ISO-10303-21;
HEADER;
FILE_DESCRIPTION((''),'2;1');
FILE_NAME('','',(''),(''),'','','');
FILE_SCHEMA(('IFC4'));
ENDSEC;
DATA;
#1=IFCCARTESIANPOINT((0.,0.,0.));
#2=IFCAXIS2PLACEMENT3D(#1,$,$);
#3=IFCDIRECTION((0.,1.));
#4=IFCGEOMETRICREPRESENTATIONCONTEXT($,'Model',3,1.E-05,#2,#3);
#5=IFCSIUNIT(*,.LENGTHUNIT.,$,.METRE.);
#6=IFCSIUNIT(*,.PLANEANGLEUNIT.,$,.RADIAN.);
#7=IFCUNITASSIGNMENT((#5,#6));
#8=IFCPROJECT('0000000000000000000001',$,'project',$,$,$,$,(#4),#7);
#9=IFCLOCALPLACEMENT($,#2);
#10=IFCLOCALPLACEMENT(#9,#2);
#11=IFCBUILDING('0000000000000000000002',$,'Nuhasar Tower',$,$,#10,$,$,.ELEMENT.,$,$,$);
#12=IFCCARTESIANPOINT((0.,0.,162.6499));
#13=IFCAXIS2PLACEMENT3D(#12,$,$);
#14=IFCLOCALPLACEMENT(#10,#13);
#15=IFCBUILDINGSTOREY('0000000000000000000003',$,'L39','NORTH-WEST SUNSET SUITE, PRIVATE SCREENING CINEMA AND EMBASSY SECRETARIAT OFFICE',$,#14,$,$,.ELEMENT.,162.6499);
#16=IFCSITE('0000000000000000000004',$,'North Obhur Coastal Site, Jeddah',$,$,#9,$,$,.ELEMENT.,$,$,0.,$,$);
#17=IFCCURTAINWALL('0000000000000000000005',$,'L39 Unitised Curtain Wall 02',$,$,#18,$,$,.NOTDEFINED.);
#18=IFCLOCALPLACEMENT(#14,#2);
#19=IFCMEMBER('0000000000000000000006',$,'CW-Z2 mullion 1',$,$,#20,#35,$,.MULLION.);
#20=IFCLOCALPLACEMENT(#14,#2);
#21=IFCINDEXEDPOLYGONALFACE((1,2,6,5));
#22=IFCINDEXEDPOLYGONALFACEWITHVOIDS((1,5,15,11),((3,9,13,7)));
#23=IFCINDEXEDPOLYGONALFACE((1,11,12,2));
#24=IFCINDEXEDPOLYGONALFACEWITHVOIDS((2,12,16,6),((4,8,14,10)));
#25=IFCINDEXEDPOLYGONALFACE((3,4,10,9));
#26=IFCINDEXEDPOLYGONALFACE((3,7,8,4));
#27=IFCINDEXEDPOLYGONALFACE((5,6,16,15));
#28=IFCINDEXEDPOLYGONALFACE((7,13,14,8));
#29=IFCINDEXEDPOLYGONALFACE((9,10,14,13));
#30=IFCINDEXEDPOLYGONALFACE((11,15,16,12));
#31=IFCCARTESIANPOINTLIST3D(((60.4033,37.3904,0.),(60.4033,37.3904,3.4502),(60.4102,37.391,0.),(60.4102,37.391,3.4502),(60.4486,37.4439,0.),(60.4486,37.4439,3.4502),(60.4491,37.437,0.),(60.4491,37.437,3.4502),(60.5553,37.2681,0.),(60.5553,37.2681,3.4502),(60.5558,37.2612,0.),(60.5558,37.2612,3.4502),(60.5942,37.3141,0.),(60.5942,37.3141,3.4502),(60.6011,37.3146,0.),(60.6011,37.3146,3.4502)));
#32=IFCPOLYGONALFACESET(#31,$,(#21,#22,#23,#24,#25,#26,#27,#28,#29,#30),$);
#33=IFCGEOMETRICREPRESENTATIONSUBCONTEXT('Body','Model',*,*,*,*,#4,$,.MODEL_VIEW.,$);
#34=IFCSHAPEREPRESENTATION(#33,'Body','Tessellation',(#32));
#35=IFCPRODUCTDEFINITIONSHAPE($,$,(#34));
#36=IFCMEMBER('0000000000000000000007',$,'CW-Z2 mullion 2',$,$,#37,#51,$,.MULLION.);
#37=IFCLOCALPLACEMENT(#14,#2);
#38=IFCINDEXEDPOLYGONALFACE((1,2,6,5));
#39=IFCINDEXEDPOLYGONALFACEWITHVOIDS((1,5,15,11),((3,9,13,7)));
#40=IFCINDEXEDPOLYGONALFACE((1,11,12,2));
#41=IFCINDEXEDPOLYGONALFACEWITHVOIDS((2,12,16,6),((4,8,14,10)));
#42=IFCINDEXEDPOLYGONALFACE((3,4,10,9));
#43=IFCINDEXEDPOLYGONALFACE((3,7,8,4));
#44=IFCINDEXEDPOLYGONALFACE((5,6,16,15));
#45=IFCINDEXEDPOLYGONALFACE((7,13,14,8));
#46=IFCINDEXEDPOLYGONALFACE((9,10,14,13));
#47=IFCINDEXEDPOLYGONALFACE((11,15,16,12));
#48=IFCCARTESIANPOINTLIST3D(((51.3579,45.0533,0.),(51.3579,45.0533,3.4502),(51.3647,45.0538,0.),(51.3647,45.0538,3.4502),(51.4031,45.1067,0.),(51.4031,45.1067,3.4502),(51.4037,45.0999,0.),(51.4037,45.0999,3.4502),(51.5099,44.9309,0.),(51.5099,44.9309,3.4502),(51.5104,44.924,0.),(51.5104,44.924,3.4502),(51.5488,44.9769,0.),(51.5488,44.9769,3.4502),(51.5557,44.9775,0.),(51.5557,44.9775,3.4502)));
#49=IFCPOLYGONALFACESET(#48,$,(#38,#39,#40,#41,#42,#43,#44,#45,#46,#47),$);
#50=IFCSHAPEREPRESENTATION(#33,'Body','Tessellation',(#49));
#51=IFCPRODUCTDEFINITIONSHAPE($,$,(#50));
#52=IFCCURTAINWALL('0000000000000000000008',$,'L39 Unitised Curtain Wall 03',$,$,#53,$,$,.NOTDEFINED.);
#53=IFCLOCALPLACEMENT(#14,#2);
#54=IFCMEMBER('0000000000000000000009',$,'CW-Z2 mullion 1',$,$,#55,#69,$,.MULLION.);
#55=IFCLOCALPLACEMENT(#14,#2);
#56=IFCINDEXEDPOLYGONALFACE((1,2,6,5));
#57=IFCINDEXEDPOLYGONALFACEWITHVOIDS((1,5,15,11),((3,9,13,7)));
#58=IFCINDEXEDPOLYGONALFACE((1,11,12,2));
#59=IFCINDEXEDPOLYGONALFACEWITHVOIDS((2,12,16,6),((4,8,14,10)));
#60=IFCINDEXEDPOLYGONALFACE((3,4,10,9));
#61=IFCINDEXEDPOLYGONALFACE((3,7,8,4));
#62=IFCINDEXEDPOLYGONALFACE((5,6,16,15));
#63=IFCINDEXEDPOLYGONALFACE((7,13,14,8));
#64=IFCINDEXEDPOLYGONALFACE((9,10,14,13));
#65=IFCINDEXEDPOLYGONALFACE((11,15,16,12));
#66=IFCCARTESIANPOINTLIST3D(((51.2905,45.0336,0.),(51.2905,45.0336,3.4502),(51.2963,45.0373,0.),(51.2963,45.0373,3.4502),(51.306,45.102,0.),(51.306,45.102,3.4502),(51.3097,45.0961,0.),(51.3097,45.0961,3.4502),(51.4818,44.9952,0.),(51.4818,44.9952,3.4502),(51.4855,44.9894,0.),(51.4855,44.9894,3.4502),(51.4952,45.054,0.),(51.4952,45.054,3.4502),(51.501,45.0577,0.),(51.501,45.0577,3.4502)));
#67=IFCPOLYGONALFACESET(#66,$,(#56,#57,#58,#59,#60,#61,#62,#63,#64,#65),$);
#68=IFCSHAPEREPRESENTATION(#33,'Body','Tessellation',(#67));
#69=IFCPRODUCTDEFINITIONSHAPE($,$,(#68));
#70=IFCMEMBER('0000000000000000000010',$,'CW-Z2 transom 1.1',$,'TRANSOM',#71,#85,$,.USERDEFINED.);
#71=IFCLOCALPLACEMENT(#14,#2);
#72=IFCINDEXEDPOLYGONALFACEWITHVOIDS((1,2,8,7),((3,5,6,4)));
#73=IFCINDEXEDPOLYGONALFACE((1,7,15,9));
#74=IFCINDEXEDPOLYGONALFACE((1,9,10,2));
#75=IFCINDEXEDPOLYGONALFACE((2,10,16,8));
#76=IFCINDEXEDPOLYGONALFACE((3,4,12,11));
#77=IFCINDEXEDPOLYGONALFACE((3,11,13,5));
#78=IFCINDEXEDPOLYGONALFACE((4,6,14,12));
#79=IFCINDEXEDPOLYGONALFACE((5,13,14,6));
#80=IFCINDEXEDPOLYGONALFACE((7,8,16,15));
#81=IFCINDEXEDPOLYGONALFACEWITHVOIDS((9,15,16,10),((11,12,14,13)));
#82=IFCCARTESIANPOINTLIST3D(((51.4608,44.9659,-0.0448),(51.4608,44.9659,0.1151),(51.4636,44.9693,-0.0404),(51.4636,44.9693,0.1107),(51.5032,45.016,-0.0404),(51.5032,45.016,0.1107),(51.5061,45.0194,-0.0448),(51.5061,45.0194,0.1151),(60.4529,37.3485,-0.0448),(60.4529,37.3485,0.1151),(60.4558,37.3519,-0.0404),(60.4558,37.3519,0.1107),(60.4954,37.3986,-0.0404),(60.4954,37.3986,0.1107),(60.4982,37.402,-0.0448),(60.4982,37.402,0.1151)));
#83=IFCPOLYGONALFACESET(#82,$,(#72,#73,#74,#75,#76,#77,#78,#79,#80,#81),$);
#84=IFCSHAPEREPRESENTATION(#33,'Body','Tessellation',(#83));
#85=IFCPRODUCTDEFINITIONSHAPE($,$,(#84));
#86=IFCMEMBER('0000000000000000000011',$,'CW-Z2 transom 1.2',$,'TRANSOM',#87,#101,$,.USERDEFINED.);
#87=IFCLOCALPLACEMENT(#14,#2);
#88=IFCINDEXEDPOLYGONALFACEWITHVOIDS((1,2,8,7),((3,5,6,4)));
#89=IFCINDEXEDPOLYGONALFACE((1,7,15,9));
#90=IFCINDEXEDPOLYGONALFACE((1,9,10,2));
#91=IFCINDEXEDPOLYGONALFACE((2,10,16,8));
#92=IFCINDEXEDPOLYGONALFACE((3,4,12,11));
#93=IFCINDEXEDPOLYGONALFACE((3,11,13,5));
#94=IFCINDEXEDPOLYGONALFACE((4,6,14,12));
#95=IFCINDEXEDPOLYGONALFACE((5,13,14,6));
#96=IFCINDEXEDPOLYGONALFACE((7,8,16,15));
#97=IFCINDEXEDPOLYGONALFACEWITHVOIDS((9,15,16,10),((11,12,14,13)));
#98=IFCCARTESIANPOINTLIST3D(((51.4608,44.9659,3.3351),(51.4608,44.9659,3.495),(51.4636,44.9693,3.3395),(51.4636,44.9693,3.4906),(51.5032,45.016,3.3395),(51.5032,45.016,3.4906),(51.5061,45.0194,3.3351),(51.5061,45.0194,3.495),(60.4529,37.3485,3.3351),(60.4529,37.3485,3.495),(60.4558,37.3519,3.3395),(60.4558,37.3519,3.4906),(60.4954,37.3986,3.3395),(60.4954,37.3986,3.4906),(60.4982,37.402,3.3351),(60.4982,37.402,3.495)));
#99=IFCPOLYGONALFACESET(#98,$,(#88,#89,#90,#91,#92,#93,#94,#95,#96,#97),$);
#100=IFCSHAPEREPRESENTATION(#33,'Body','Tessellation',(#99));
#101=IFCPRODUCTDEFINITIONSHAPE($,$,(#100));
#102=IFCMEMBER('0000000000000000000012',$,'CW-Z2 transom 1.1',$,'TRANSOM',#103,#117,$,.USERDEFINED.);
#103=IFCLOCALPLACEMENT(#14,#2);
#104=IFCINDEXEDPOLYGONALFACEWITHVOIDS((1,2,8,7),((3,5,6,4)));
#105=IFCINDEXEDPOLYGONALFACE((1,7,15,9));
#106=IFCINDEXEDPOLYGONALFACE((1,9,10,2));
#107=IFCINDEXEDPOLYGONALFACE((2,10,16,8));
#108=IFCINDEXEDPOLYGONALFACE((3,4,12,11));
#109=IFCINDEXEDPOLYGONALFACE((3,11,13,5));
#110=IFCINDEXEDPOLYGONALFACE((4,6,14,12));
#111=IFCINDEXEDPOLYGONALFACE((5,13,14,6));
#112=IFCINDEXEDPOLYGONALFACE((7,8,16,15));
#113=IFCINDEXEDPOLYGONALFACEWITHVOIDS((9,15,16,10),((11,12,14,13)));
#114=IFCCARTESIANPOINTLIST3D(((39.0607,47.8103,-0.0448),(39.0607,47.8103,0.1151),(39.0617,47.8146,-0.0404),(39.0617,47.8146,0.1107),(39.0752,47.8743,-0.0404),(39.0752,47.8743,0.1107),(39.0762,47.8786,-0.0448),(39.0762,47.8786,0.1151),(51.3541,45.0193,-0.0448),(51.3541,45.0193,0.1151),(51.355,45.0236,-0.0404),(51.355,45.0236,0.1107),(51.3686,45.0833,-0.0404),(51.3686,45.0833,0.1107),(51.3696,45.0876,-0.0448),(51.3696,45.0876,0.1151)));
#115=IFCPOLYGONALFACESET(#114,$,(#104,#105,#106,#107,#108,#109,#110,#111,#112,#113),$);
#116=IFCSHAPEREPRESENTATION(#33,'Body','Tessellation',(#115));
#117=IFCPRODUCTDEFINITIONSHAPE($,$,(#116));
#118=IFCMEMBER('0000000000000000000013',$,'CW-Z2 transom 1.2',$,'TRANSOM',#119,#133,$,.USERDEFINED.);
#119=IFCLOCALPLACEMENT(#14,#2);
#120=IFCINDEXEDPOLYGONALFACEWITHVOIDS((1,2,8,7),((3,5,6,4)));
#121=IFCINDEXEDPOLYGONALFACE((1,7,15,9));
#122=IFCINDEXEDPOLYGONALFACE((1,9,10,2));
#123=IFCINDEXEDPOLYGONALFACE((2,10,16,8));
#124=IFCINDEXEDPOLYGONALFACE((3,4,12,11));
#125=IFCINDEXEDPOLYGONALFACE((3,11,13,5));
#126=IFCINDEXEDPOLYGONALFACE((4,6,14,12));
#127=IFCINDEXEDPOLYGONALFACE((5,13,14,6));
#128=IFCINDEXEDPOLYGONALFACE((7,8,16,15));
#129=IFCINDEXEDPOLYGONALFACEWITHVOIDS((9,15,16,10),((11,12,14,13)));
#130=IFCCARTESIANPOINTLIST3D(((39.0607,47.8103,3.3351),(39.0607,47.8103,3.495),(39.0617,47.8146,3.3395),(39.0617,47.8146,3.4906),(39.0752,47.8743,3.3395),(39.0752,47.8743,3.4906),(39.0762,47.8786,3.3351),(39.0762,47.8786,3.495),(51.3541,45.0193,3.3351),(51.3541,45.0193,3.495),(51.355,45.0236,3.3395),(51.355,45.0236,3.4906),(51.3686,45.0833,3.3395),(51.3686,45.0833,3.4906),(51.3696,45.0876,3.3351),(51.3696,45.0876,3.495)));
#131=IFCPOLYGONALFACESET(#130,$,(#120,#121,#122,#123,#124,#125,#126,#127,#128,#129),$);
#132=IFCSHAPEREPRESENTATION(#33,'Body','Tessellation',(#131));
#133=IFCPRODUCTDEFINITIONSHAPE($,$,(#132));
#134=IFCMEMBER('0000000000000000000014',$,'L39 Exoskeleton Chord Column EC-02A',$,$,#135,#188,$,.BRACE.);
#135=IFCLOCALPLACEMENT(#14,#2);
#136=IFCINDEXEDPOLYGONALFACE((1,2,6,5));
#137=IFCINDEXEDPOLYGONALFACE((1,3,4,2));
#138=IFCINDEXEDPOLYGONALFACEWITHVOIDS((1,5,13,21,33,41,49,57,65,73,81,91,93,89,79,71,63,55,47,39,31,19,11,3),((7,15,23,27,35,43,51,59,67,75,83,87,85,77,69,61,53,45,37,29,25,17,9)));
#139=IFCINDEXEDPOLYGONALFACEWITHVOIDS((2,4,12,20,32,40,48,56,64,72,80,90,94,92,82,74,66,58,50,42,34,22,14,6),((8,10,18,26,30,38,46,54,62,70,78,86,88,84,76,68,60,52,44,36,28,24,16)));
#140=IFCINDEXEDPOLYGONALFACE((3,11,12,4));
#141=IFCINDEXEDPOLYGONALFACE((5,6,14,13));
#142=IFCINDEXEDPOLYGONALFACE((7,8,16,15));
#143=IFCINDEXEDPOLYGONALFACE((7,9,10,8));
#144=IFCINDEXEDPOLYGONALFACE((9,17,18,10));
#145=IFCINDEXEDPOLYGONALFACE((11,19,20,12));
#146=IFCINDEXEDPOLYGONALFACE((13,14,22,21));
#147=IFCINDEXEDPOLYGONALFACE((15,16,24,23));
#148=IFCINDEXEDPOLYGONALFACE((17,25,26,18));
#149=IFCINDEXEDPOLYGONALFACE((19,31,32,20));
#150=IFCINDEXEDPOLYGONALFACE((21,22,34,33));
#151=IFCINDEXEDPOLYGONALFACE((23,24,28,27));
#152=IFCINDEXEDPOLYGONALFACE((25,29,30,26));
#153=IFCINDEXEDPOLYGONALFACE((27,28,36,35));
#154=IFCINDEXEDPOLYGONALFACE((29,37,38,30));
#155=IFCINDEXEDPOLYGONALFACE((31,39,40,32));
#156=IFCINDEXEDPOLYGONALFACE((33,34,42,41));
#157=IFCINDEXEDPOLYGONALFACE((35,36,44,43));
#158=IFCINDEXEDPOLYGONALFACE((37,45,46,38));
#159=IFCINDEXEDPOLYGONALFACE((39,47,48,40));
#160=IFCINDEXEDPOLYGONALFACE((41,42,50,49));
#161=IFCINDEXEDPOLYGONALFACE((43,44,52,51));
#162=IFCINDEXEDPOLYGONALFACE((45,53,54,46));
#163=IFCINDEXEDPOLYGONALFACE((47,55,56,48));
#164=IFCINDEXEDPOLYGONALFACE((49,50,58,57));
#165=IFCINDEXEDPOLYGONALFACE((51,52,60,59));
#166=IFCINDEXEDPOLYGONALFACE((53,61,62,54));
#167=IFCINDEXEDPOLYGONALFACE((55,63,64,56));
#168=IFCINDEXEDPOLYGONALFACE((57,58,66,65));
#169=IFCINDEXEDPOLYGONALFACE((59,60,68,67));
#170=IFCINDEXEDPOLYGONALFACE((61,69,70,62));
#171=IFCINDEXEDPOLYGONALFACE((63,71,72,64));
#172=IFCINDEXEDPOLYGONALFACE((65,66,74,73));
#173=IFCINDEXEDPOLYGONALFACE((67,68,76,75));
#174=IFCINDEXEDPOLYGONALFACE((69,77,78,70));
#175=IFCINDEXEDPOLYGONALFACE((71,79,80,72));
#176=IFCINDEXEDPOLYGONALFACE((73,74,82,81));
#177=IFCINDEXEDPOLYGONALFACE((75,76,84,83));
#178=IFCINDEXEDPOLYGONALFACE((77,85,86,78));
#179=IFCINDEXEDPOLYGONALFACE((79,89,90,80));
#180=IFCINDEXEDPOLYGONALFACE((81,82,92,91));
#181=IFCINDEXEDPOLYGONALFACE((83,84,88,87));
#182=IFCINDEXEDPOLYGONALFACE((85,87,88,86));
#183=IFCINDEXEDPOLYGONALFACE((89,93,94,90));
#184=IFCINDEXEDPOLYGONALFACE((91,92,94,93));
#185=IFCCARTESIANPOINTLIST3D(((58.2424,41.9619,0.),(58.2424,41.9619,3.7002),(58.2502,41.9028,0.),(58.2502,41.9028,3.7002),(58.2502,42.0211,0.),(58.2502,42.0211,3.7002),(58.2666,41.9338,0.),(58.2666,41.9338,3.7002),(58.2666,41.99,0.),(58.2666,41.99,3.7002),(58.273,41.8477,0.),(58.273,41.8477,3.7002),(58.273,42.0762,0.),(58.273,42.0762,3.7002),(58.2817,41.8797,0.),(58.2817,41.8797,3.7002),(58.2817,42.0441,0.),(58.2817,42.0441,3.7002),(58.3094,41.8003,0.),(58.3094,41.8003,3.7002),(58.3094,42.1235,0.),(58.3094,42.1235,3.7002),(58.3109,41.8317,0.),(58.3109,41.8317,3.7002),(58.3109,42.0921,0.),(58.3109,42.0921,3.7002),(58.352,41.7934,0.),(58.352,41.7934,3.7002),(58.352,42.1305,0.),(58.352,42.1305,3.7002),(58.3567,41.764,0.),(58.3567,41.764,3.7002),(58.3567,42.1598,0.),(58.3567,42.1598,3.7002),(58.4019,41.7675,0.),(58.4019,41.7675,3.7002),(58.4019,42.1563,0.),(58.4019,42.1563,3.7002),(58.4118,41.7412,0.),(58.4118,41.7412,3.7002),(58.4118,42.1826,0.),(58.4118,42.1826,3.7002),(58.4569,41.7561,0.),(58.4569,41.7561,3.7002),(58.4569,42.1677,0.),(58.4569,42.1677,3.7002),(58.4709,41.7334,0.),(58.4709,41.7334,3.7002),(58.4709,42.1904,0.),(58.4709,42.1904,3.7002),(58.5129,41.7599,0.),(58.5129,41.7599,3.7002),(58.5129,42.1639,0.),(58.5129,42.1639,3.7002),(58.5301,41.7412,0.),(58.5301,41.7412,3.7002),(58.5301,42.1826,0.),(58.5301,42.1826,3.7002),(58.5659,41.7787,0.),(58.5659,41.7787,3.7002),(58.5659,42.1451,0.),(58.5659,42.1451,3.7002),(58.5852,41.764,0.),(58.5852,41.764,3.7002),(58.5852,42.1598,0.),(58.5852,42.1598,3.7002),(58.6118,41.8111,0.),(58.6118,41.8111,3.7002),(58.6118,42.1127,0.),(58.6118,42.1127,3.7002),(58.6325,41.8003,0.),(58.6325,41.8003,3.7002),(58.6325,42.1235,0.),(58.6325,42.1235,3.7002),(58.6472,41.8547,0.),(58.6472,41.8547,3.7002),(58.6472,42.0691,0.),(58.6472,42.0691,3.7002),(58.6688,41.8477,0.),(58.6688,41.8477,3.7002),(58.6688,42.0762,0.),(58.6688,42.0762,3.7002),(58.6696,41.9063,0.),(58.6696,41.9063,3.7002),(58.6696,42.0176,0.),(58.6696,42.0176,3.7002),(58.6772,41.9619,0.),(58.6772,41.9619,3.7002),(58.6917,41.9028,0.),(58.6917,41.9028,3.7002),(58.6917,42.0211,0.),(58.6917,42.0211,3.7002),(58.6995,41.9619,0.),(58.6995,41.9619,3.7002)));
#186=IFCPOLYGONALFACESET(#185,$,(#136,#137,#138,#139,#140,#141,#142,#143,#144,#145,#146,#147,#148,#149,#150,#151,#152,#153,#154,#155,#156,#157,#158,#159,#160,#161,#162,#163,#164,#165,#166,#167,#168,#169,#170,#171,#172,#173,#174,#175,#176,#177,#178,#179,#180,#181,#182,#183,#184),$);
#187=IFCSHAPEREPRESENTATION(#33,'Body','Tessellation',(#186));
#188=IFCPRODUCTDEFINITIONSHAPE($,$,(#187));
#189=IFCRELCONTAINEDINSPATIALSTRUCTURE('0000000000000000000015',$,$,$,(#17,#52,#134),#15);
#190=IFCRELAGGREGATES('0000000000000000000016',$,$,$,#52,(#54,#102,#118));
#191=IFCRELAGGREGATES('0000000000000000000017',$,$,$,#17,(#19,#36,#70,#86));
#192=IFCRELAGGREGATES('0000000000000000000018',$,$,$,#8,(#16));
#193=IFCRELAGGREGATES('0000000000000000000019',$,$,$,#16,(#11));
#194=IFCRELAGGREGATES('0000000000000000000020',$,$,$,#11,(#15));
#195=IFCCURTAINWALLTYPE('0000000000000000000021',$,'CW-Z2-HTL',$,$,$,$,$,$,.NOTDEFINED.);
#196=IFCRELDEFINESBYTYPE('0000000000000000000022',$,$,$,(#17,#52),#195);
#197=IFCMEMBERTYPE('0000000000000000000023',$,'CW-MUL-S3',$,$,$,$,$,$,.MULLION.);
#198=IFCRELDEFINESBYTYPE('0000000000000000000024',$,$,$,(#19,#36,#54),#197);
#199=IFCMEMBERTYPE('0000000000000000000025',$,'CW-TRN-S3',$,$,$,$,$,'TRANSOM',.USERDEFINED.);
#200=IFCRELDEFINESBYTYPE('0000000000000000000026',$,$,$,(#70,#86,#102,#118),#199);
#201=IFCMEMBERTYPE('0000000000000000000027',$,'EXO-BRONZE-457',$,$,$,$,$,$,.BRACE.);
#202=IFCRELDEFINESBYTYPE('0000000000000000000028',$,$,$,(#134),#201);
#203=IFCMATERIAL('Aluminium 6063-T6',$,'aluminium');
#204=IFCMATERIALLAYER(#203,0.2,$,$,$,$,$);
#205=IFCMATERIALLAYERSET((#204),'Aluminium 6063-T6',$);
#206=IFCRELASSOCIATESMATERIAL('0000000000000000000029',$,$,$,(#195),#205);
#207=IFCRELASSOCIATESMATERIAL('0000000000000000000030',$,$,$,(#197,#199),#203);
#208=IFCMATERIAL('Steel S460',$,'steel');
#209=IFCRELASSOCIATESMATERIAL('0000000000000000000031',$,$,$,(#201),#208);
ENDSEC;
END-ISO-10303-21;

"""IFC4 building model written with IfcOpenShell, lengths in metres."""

from ifc_helpers import new_model, si_unit, direction, frame, origin, origin_2d, place, context, subcontext, project, spatial, hollow_rectangle, hollow_circle, extrude, material, layer, layer_set, material_profile, profile_set, type_object, element, aggregate, save


model = new_model("IFC4")

# Units and contexts
model_context = context("Model", 3, precision=1e-05, world=origin(), true_north=direction((0.0, 1.0)))
body_context = subcontext(model_context, "Body", "Model", "MODEL_VIEW")
ifc_project = project(units=[si_unit("LENGTHUNIT", "METRE"), si_unit("PLANEANGLEUNIT", "RADIAN")], contexts=[model_context])

# Site, building, storey
site_placement = place(None, origin())
site = spatial("IfcSite", under=ifc_project, at=site_placement, Name="North Obhur Coastal Site, Jeddah", CompositionType="ELEMENT", RefElevation=0.0)
building_placement = place(site_placement, origin())
building = spatial("IfcBuilding", under=site, at=building_placement, Name="Nuhasar Tower", CompositionType="ELEMENT")
storey_placement = place(building_placement, frame((0.0, 0.0, 162.6499)))
storey = spatial("IfcBuildingStorey", under=building, at=storey_placement, Name="L39", Description="NORTH-WEST SUNSET SUITE, PRIVATE SCREENING CINEMA AND EMBASSY SECRETARIAT OFFICE", CompositionType="ELEMENT", Elevation=162.6499)

# Curtain wall, members
ifc_material_1 = material(Name="Aluminium 6063-T6", Category="aluminium")
ifc_layer_1 = layer(ifc_material_1, 0.2)
ifc_layer_set_1 = layer_set([ifc_layer_1], Name="Aluminium 6063-T6")
curtain_wall_type = type_object("IfcCurtainWallType", Name="CW-Z2-HTL", PredefinedType="NOTDEFINED", material=ifc_layer_set_1)
curtain_wall_1_placement = place(storey_placement, origin())
curtain_wall_1 = element("IfcCurtainWall", 1, at=curtain_wall_1_placement, inside=storey, type_object=curtain_wall_type, Name="L39 Unitised Curtain Wall 02", PredefinedType="NOTDEFINED")
ifc_material_profile_1 = material_profile(ifc_material_1, hollow_rectangle(XDim=0.0701, YDim=0.2, WallThickness=0.0049, at=origin_2d()), Name="CWM-3")
ifc_profile_set_1 = profile_set([ifc_material_profile_1], Name="Aluminium 6063-T6")
member_type_1 = type_object("IfcMemberType", Name="CW-MUL-S3", PredefinedType="MULLION", material=ifc_profile_set_1)
member_1_placement = place(storey_placement, frame((60.5022, 37.3525, 0.0), z_axis=(0.0, 0.0, 1.0), x_axis=(-0.646374, -0.76302, 0.0)))
member_1 = element("IfcMember", 2, at=member_1_placement, type_object=member_type_1, Name="CW-Z2 mullion 1", PredefinedType="MULLION", context=body_context, shape_type="SweptSolid", body=[
    extrude(hollow_rectangle(XDim=0.0701, YDim=0.2, WallThickness=0.0049, at=origin_2d()), origin(), (0.0, 0.0, 1.0), 3.4502),
])
member_2_placement = place(storey_placement, frame((51.4568, 45.0154, 0.0), z_axis=(0.0, 0.0, 1.0), x_axis=(-0.646374, -0.76302, 0.0)))
member_2 = element("IfcMember", 3, at=member_2_placement, type_object=member_type_1, Name="CW-Z2 mullion 2", PredefinedType="MULLION", context=body_context, shape_type="SweptSolid", body=[
    extrude(hollow_rectangle(XDim=0.0701, YDim=0.2, WallThickness=0.0049, at=origin_2d()), origin(), (0.0, 0.0, 1.0), 3.4502),
])

# Curtain wall, member
curtain_wall_2_placement = place(storey_placement, origin())
curtain_wall_2 = element("IfcCurtainWall", 4, at=curtain_wall_2_placement, inside=storey, type_object=curtain_wall_type, Name="L39 Unitised Curtain Wall 03", PredefinedType="NOTDEFINED")
member_3_placement = place(storey_placement, frame((51.3958, 45.0457, 0.0), z_axis=(0.0, 0.0, 1.0), x_axis=(-0.221397, -0.975184, 0.0)))
member_3 = element("IfcMember", 5, at=member_3_placement, type_object=member_type_1, Name="CW-Z2 mullion 1", PredefinedType="MULLION", context=body_context, shape_type="SweptSolid", body=[
    extrude(hollow_rectangle(XDim=0.0701, YDim=0.2, WallThickness=0.0049, at=origin_2d()), origin(), (0.0, 0.0, 1.0), 3.4502),
])

# Members
ifc_material_profile_2 = material_profile(ifc_material_1, hollow_rectangle(XDim=0.0701, YDim=0.1599, WallThickness=0.0044, at=origin_2d()), Name="CWT-3")
ifc_profile_set_2 = profile_set([ifc_material_profile_2], Name="Aluminium 6063-T6")
member_type_2 = type_object("IfcMemberType", Name="CW-TRN-S3", ElementType="TRANSOM", PredefinedType="USERDEFINED", material=ifc_profile_set_2)
member_4_placement = place(storey_placement, frame((60.4756, 37.3752, 0.0352), z_axis=(-0.763024, 0.64637, 0.0), x_axis=(-0.64637, -0.763024, 0.0)))
member_4 = element("IfcMember", 6, at=member_4_placement, type_object=member_type_2, Name="CW-Z2 transom 1.1", ObjectType="TRANSOM", PredefinedType="USERDEFINED", context=body_context, shape_type="SweptSolid", body=[
    extrude(hollow_rectangle(XDim=0.0701, YDim=0.1599, WallThickness=0.0044, at=origin_2d()), origin(), (0.0, 0.0, 1.0), 11.7849),
])
member_5_placement = place(storey_placement, frame((60.4756, 37.3752, 3.415), z_axis=(-0.763024, 0.64637, 0.0), x_axis=(-0.64637, -0.763024, 0.0)))
member_5 = element("IfcMember", 7, at=member_5_placement, type_object=member_type_2, Name="CW-Z2 transom 1.2", ObjectType="TRANSOM", PredefinedType="USERDEFINED", context=body_context, shape_type="SweptSolid", body=[
    extrude(hollow_rectangle(XDim=0.0701, YDim=0.1599, WallThickness=0.0044, at=origin_2d()), origin(), (0.0, 0.0, 1.0), 11.7849),
])
member_6_placement = place(storey_placement, frame((51.3618, 45.0535, 0.0352), z_axis=(-0.975183, 0.221398, 0.0), x_axis=(-0.221398, -0.975183, 0.0)))
member_6 = element("IfcMember", 8, at=member_6_placement, type_object=member_type_2, Name="CW-Z2 transom 1.1", ObjectType="TRANSOM", PredefinedType="USERDEFINED", context=body_context, shape_type="SweptSolid", body=[
    extrude(hollow_rectangle(XDim=0.0701, YDim=0.1599, WallThickness=0.0044, at=origin_2d()), origin(), (0.0, 0.0, 1.0), 12.6062),
])
member_7_placement = place(storey_placement, frame((51.3618, 45.0535, 3.415), z_axis=(-0.975183, 0.221398, 0.0), x_axis=(-0.221398, -0.975183, 0.0)))
member_7 = element("IfcMember", 9, at=member_7_placement, type_object=member_type_2, Name="CW-Z2 transom 1.2", ObjectType="TRANSOM", PredefinedType="USERDEFINED", context=body_context, shape_type="SweptSolid", body=[
    extrude(hollow_rectangle(XDim=0.0701, YDim=0.1599, WallThickness=0.0044, at=origin_2d()), origin(), (0.0, 0.0, 1.0), 12.6062),
])
aggregate(curtain_wall_2, [member_3, member_6, member_7])

# Member
ifc_material_2 = material(Name="Steel S460", Category="steel")
ifc_material_profile_3 = material_profile(ifc_material_2, hollow_circle(Radius=0.2285, WallThickness=0.0222, at=origin_2d()), Name="HSS457X22.2")
ifc_profile_set_3 = profile_set([ifc_material_profile_3], Name="Steel S460")
member_type_3 = type_object("IfcMemberType", Name="EXO-BRONZE-457", PredefinedType="BRACE", material=ifc_profile_set_3)
for number, where, z_axis, x_axis, name in (
    (10, (58.4709, 41.9619, 0.0), (0.0, 0.0, 1.0), (1.0, 0.0, 0.0), "L39 Exoskeleton Chord Column EC-02A"),
):
    element("IfcMember", number, at=place(storey_placement, frame(where, z_axis=z_axis, x_axis=x_axis)), inside=storey, type_object=member_type_3, Name=name, PredefinedType="BRACE", context=body_context, shape_type="SweptSolid", body=[
        extrude(hollow_circle(Radius=0.2285, WallThickness=0.0222, at=origin_2d()), origin(), (0.0, 0.0, 1.0), 3.7002),
    ])

aggregate(curtain_wall_1, [member_1, member_2, member_4, member_5])

save(model, "model.ifc")
